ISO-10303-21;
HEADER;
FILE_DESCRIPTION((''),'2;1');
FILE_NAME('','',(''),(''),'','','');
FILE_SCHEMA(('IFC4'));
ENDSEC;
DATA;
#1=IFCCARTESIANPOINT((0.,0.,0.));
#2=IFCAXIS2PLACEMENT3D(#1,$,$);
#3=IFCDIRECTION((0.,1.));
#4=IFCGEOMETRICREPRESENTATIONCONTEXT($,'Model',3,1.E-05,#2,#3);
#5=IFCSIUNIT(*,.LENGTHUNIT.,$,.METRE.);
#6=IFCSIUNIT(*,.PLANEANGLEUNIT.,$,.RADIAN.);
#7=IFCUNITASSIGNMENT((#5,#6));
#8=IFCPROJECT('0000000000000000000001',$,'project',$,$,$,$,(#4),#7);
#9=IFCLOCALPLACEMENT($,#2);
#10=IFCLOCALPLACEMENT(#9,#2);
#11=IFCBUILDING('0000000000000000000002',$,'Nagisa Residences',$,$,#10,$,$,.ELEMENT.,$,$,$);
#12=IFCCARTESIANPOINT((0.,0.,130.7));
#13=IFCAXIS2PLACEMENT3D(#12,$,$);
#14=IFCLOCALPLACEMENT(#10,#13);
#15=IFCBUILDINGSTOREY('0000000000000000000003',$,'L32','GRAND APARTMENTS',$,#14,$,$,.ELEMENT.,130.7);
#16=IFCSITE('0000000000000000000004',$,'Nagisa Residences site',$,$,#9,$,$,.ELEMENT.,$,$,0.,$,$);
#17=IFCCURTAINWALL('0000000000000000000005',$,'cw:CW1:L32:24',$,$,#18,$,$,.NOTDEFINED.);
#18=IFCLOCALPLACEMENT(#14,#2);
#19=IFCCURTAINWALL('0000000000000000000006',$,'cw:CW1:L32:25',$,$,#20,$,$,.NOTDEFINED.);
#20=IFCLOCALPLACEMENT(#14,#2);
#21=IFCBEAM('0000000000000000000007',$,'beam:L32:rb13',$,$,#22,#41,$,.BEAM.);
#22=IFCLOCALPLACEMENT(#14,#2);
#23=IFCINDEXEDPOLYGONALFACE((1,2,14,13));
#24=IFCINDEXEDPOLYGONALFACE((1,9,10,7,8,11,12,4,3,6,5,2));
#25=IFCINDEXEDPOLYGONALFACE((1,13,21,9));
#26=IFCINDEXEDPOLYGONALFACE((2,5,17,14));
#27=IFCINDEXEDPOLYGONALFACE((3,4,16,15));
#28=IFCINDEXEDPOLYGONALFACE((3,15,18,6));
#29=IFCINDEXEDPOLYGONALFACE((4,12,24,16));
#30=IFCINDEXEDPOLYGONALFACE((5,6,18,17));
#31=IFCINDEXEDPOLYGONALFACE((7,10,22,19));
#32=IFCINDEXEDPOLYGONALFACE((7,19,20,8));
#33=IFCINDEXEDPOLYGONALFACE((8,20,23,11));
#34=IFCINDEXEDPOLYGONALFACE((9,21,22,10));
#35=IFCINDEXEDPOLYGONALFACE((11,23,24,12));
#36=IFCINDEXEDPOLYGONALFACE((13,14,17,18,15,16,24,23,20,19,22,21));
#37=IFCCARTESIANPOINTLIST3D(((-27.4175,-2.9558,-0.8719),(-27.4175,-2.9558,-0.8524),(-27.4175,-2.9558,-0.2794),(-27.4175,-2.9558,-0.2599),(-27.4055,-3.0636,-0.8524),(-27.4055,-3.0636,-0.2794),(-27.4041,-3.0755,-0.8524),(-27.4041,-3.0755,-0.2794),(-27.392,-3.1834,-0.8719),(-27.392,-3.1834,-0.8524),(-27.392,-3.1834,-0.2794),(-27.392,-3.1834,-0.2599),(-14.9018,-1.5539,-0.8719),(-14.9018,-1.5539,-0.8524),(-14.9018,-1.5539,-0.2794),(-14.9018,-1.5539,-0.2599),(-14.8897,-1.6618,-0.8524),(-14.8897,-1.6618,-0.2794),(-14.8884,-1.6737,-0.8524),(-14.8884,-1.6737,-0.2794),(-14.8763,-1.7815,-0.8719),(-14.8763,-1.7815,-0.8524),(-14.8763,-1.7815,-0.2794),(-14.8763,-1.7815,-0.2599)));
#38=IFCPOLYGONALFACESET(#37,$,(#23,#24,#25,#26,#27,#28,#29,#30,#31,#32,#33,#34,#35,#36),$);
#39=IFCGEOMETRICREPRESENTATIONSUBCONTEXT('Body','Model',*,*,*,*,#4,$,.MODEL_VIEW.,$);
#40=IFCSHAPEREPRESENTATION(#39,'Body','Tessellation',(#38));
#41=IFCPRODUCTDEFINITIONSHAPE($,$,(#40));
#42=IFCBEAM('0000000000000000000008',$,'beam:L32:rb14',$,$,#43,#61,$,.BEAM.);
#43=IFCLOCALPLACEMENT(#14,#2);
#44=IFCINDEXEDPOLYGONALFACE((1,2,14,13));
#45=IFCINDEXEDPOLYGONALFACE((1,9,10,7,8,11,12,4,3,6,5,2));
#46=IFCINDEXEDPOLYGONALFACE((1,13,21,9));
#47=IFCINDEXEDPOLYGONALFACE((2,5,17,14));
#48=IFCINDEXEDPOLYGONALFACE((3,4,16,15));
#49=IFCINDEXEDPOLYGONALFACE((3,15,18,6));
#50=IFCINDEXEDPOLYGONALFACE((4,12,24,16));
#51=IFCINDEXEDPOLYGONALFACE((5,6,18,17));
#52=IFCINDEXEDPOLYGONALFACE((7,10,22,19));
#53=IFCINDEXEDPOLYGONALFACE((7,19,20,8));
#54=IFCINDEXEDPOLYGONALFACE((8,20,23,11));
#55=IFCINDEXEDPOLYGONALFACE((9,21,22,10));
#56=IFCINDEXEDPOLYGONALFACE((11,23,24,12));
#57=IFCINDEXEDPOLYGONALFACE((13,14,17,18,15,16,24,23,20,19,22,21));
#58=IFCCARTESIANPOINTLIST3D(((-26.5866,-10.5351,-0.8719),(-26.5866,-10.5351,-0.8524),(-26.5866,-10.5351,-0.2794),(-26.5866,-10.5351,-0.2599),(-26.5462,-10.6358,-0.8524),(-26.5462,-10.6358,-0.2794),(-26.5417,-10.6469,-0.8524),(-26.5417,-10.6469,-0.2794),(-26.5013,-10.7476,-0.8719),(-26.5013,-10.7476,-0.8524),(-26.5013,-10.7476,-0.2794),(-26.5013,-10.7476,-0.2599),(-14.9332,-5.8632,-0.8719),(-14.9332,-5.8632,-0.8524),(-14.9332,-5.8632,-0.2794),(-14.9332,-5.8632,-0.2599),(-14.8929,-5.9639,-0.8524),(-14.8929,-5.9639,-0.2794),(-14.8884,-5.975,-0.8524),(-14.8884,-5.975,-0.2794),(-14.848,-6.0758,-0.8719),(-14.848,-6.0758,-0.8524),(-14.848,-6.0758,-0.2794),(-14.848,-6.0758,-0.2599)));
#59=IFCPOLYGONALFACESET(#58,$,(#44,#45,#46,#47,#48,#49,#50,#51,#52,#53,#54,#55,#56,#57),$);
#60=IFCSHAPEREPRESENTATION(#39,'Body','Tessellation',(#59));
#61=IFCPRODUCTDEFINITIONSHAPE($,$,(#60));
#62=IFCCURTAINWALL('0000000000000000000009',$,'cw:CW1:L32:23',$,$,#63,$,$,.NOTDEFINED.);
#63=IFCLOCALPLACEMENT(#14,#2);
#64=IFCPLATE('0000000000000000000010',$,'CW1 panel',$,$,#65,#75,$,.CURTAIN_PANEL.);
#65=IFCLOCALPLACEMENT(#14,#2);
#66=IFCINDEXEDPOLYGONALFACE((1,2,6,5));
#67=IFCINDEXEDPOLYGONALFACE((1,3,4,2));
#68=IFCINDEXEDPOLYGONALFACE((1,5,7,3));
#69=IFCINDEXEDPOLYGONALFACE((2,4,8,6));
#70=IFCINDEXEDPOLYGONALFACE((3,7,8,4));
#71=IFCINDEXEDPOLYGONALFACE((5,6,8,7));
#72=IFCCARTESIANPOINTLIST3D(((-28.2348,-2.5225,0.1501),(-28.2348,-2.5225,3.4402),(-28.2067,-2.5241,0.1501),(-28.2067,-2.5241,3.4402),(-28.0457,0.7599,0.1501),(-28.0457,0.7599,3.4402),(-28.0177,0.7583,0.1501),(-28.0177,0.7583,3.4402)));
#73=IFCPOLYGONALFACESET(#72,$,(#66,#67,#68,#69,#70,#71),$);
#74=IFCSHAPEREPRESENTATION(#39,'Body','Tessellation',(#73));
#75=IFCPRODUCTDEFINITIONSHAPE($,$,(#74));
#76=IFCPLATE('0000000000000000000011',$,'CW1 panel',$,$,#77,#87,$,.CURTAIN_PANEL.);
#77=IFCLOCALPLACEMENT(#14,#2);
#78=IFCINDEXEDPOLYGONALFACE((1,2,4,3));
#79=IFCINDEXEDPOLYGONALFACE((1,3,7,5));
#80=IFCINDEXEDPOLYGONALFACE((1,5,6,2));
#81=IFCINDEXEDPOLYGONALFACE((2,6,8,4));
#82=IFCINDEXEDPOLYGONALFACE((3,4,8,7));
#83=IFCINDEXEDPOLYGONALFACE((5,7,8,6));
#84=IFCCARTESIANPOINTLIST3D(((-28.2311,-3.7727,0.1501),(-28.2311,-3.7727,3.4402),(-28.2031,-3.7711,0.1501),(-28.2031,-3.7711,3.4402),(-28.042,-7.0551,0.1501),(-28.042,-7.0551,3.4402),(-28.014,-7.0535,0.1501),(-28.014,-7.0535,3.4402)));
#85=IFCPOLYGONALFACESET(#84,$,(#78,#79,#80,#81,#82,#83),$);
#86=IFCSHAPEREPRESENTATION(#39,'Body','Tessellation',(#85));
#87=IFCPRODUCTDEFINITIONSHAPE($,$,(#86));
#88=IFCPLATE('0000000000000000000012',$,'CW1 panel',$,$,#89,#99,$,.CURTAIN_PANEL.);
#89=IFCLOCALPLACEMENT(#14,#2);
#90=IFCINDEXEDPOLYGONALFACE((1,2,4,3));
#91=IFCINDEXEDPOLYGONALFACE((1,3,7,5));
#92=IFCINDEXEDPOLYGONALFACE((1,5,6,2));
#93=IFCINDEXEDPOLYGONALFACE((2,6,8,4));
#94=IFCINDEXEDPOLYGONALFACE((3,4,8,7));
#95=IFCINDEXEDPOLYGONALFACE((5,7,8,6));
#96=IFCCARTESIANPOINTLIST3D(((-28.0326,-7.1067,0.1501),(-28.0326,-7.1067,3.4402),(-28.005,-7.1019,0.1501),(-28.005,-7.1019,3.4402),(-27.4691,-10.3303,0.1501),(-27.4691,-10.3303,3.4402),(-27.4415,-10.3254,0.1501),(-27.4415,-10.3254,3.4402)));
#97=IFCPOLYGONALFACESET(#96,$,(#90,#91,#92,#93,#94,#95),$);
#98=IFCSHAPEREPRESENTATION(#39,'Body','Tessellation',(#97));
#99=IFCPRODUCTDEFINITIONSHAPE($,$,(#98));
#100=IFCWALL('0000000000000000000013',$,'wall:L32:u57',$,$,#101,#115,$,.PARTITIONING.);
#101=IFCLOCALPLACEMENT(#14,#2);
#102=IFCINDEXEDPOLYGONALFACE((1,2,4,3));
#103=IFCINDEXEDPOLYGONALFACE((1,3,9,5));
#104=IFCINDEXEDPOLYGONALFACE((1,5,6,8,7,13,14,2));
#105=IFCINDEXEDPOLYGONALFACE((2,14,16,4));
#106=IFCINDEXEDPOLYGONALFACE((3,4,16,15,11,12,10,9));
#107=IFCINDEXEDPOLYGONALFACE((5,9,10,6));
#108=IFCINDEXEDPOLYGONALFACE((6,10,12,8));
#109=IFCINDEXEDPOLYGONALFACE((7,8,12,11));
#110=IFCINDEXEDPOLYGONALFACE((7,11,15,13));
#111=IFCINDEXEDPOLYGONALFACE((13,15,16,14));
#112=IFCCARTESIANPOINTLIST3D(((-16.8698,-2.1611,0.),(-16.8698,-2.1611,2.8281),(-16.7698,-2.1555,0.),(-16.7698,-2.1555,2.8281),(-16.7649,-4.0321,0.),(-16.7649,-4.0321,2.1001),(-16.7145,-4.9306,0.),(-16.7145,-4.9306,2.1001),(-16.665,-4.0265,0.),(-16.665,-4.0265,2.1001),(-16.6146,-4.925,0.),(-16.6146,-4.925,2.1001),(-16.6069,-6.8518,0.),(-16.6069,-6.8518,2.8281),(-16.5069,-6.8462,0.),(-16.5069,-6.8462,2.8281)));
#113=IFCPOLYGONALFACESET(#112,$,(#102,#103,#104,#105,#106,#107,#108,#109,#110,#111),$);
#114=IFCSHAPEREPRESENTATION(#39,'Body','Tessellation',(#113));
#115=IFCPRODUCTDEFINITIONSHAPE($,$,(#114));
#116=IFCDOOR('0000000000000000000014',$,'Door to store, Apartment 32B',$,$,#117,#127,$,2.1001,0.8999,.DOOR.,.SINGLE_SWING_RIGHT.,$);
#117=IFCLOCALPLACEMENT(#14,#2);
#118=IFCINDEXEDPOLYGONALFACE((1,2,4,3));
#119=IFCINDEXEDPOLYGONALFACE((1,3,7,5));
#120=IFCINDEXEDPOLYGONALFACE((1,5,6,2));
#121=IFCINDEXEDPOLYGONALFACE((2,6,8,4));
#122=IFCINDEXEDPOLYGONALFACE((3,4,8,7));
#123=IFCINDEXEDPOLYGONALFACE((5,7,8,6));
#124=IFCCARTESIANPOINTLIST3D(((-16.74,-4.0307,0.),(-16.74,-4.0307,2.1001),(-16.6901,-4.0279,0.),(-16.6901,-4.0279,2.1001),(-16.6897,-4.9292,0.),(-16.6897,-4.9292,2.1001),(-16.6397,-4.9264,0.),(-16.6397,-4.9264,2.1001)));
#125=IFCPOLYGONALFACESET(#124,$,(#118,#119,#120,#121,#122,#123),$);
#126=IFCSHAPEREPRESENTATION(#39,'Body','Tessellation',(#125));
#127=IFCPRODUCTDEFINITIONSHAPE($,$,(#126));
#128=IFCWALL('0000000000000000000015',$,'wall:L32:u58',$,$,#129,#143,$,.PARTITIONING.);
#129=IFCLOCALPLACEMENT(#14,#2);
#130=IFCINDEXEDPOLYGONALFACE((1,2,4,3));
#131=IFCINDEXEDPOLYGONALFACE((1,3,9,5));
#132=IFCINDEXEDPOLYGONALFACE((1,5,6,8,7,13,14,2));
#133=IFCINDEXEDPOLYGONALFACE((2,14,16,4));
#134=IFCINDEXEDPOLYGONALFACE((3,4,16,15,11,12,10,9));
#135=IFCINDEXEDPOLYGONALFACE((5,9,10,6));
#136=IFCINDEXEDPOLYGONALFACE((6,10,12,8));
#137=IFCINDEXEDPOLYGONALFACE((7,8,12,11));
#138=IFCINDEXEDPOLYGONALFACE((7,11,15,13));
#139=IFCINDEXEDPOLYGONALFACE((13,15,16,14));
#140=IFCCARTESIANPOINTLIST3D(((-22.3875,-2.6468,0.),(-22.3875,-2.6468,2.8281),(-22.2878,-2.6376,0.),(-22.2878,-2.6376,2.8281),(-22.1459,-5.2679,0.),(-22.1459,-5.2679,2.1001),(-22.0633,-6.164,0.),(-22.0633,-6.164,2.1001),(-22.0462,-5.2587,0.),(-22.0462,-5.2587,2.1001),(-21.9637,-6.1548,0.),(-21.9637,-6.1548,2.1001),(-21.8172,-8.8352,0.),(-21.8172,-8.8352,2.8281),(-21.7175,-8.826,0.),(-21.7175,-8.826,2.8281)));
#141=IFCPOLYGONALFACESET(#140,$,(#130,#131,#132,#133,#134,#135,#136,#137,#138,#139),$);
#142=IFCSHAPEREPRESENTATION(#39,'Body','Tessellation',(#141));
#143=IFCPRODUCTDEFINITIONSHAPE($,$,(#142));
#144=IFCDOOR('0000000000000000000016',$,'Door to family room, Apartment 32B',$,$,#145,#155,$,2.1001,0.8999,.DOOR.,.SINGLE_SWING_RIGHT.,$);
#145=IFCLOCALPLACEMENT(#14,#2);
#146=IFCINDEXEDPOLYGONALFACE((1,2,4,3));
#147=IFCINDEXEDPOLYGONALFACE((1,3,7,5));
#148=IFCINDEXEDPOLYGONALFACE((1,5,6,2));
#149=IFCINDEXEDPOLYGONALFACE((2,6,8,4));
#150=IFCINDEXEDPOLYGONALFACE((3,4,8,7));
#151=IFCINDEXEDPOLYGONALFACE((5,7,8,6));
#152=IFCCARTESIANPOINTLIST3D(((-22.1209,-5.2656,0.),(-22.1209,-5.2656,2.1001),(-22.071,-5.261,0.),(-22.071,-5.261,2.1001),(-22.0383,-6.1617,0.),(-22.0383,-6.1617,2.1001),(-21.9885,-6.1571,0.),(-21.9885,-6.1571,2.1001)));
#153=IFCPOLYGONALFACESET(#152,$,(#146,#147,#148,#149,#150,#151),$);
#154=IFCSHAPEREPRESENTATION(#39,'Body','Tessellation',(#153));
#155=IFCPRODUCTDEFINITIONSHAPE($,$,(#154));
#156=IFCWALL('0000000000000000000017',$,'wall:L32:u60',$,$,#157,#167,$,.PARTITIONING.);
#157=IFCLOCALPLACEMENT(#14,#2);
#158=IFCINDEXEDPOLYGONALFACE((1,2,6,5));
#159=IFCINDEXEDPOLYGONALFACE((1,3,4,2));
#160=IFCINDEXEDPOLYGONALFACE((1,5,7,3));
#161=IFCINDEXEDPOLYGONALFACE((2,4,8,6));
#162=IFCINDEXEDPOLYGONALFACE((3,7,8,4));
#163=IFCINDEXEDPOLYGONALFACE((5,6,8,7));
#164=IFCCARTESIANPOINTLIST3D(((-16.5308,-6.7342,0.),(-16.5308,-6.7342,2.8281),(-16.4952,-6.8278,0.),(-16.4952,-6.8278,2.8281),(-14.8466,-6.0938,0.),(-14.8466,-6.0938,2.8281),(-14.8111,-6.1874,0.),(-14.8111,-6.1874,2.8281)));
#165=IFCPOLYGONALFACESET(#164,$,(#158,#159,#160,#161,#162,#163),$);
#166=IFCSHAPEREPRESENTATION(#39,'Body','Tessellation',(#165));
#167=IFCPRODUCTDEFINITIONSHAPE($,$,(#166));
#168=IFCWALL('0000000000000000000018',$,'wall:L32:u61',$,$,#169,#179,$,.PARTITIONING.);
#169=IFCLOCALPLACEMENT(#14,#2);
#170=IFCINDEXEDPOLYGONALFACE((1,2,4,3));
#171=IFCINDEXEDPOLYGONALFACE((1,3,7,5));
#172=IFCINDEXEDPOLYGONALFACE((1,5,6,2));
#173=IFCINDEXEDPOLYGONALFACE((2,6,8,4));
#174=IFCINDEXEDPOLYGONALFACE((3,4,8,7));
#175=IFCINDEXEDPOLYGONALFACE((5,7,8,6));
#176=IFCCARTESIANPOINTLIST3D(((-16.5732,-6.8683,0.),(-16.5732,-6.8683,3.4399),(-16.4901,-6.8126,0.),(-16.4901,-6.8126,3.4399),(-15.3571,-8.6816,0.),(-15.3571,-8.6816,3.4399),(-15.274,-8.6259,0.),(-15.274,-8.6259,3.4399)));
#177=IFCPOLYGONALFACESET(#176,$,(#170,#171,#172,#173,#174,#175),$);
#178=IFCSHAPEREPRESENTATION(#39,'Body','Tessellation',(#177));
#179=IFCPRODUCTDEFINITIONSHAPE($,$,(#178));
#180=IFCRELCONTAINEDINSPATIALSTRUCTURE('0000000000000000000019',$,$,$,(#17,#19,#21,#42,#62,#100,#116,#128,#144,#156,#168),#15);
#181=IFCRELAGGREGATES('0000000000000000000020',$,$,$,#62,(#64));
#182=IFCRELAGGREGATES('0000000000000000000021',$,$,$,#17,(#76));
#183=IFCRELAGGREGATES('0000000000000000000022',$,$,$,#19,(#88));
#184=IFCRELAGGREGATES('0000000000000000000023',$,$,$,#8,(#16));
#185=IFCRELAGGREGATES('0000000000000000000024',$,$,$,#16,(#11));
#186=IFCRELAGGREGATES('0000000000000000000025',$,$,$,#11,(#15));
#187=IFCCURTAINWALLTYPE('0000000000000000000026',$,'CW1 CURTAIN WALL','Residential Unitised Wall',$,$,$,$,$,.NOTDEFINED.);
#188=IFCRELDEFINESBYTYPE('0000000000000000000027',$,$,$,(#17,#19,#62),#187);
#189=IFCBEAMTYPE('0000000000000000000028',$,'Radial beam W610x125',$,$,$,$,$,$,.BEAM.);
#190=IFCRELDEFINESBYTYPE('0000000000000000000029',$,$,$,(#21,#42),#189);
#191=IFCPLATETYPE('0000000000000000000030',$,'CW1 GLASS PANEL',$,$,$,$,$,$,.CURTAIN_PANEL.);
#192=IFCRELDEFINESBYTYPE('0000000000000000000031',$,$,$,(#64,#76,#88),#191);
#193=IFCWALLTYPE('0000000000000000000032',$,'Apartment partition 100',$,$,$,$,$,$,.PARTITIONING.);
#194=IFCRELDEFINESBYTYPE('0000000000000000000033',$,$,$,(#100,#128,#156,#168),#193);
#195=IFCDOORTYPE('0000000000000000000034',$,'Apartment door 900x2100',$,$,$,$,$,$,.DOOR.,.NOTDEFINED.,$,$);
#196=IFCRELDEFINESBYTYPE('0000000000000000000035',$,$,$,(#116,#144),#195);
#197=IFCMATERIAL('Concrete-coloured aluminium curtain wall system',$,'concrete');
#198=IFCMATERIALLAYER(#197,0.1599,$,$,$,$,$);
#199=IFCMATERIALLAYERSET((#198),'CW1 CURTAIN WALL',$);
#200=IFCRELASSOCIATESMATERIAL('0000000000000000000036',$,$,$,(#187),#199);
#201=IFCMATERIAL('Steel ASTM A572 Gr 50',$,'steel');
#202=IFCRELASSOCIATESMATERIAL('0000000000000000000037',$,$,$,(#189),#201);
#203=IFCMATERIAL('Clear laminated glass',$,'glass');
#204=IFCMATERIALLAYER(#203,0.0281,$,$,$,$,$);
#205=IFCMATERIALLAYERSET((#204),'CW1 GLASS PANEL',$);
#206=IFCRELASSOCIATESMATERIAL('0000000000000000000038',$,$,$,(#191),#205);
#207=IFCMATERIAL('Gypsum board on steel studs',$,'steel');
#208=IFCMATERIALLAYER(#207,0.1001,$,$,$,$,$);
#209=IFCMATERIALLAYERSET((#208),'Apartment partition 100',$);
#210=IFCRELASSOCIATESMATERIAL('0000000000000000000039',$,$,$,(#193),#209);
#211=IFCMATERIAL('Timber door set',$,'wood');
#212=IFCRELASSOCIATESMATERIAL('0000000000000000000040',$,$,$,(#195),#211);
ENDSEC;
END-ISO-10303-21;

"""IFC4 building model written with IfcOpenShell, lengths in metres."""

from ifc_helpers import new_model, si_unit, direction, frame, frame_2d, origin, origin_2d, place, context, subcontext, project, spatial, rectangle, i_section, extrude, material, layer, layer_set, material_profile, profile_set, type_object, element, fill, aggregate, save


model = new_model("IFC4")

# Units and contexts
model_context = context("Model", 3, precision=1e-05, world=origin(), true_north=direction((0.0, 1.0)))
body_context = subcontext(model_context, "Body", "Model", "MODEL_VIEW")
ifc_project = project(units=[si_unit("LENGTHUNIT", "METRE"), si_unit("PLANEANGLEUNIT", "RADIAN")], contexts=[model_context])

# Site, building, storey
site_placement = place(None, origin())
site = spatial("IfcSite", under=ifc_project, at=site_placement, Name="Nagisa Residences site", CompositionType="ELEMENT", RefElevation=0.0)
building_placement = place(site_placement, origin())
building = spatial("IfcBuilding", under=site, at=building_placement, Name="Nagisa Residences", CompositionType="ELEMENT")
storey_placement = place(building_placement, frame((0.0, 0.0, 130.7)))
storey = spatial("IfcBuildingStorey", under=building, at=storey_placement, Name="L32", Description="GRAND APARTMENTS", CompositionType="ELEMENT", Elevation=130.7)

# Curtain walls
ifc_material_1 = material(Name="Concrete-coloured aluminium curtain wall system", Category="concrete")
ifc_layer_1 = layer(ifc_material_1, 0.1599)
ifc_layer_set_1 = layer_set([ifc_layer_1], Name="CW1 CURTAIN WALL")
curtain_wall_type = type_object("IfcCurtainWallType", Name="CW1 CURTAIN WALL", Description="Residential Unitised Wall", PredefinedType="NOTDEFINED", material=ifc_layer_set_1)
curtain_wall_1_placement = place(storey_placement, origin())
curtain_wall_1 = element("IfcCurtainWall", 1, at=curtain_wall_1_placement, inside=storey, type_object=curtain_wall_type, Name="cw:CW1:L32:24", PredefinedType="NOTDEFINED")
curtain_wall_2_placement = place(storey_placement, origin())
curtain_wall_2 = element("IfcCurtainWall", 2, at=curtain_wall_2_placement, inside=storey, type_object=curtain_wall_type, Name="cw:CW1:L32:25", PredefinedType="NOTDEFINED")

# Beams
ifc_material_2 = material(Name="Steel ASTM A572 Gr 50", Category="steel")
ifc_material_profile_1 = material_profile(ifc_material_2, i_section(OverallWidth=0.229, OverallDepth=0.6121, WebThickness=0.012, FlangeThickness=0.0195, at=origin_2d()), Name="W610x125")
ifc_profile_set_1 = profile_set([ifc_material_profile_1], Name="Steel ASTM A572 Gr 50")
beam_type_1 = type_object("IfcBeamType", Name="Radial beam W610x125", PredefinedType="BEAM", material=ifc_profile_set_1)
beam_1_placement = place(storey_placement, frame((-27.4048, -3.0696, -0.5659), z_axis=(0.993785, 0.111312, 0.0), x_axis=(-0.111312, 0.993785, 0.0)))
element("IfcBeam", 3, at=beam_1_placement, inside=storey, type_object=beam_type_1, Name="beam:L32:rb13", PredefinedType="BEAM", context=body_context, shape_type="SweptSolid", body=[
    extrude(i_section(OverallWidth=0.229, OverallDepth=0.6121, WebThickness=0.012, FlangeThickness=0.0195, at=origin_2d()), origin(), (0.0, 0.0, 1.0), 12.594),
])
beam_2_placement = place(storey_placement, frame((-26.5439, -10.6414, -0.5659), z_axis=(0.928187, 0.372115, 0.0), x_axis=(-0.372115, 0.928187, 0.0)))
element("IfcBeam", 4, at=beam_2_placement, inside=storey, type_object=beam_type_1, Name="beam:L32:rb14", PredefinedType="BEAM", context=body_context, shape_type="SweptSolid", body=[
    extrude(i_section(OverallWidth=0.229, OverallDepth=0.6121, WebThickness=0.012, FlangeThickness=0.0195, at=origin_2d()), origin(), (0.0, 0.0, 1.0), 12.5549),
])

# Curtain wall, plate
curtain_wall_3_placement = place(storey_placement, origin())
curtain_wall_3 = element("IfcCurtainWall", 5, at=curtain_wall_3_placement, inside=storey, type_object=curtain_wall_type, Name="cw:CW1:L32:23", PredefinedType="NOTDEFINED")
ifc_material_3 = material(Name="Clear laminated glass", Category="glass")
ifc_layer_2 = layer(ifc_material_3, 0.0281)
ifc_layer_set_2 = layer_set([ifc_layer_2], Name="CW1 GLASS PANEL")
plate_type = type_object("IfcPlateType", Name="CW1 GLASS PANEL", PredefinedType="CURTAIN_PANEL", material=ifc_layer_set_2)
plate_1_placement = place(storey_placement, frame((-28.1262, -0.8821, 0.1501), z_axis=(0.0, 0.0, 1.0), x_axis=(-0.057503, -0.998345, 0.0)))
plate_1 = element("IfcPlate", 6, at=plate_1_placement, type_object=plate_type, Name="CW1 panel", PredefinedType="CURTAIN_PANEL", context=body_context, shape_type="SweptSolid", body=[
    extrude(rectangle(XDim=3.2878, YDim=0.0281, at=origin_2d()), origin(), (0.0, 0.0, 1.0), 3.29),
])
aggregate(curtain_wall_3, [plate_1])

# Plates
plate_2_placement = place(storey_placement, frame((-28.1226, -5.4131, 0.1501), z_axis=(0.0, 0.0, 1.0), x_axis=(0.057503, -0.998345, 0.0)))
plate_2 = element("IfcPlate", 7, at=plate_2_placement, type_object=plate_type, Name="CW1 panel", PredefinedType="CURTAIN_PANEL", context=body_context, shape_type="SweptSolid", body=[
    extrude(rectangle(XDim=3.2878, YDim=0.0281, at=origin_2d()), origin(), (0.0, 0.0, 1.0), 3.29),
])
aggregate(curtain_wall_1, [plate_2])
plate_3_placement = place(storey_placement, frame((-27.7371, -8.7161, 0.1501), z_axis=(0.0, 0.0, 1.0), x_axis=(0.172191, -0.985064, 0.0)))
plate_3 = element("IfcPlate", 8, at=plate_3_placement, type_object=plate_type, Name="CW1 panel", PredefinedType="CURTAIN_PANEL", context=body_context, shape_type="SweptSolid", body=[
    extrude(rectangle(XDim=3.2725, YDim=0.0281, at=origin_2d()), origin(), (0.0, 0.0, 1.0), 3.29),
])
aggregate(curtain_wall_2, [plate_3])

# Walls, openings, doors
ifc_material_4 = material(Name="Gypsum board on steel studs", Category="steel")
ifc_layer_3 = layer(ifc_material_4, 0.1001)
ifc_layer_set_3 = layer_set([ifc_layer_3], Name="Apartment partition 100")
wall_type_1 = type_object("IfcWallType", Name="Apartment partition 100", PredefinedType="PARTITIONING", material=ifc_layer_set_3)
wall_1_placement = place(storey_placement, frame((-16.8198, -2.1582, 0.0), z_axis=(0.0, 0.0, 1.0), x_axis=(0.055968, -0.998433, 0.0)))
wall_1 = element("IfcWall", 9, at=wall_1_placement, inside=storey, type_object=wall_type_1, Name="wall:L32:u57", PredefinedType="PARTITIONING", context=body_context, shape_type="SweptSolid", body=[
    extrude(rectangle(XDim=4.698, YDim=0.1001, at=frame_2d((2.3491, 0.0))), origin(), (0.0, 0.0, 1.0), 2.8281),
])
opening_1_placement = place(wall_1_placement, frame((1.874, 0.0, 0.0)))
opening_1 = element("IfcOpeningElement", 10, at=opening_1_placement, cuts=wall_1, PredefinedType="OPENING", context=body_context, shape_type="SweptSolid", body=[
    extrude(rectangle(XDim=0.8999, YDim=2.1001, at=frame_2d((0.45, 1.05))), frame((0.0, 0.0601, 0.0), z_axis=(0.0, -1.0, 0.0), x_axis=(1.0, 0.0, 0.0)), (0.0, 0.0, 1.0), 0.1201),
])
ifc_material_5 = material(Name="Timber door set", Category="wood")
door_type_1 = type_object("IfcDoorType", Name="Apartment door 900x2100", OperationType="NOTDEFINED", PredefinedType="DOOR", material=ifc_material_5)
door_1_placement = place(opening_1_placement, origin())
door_1 = element("IfcDoor", 11, at=door_1_placement, inside=storey, type_object=door_type_1, Name="Door to store, Apartment 32B", OperationType="SINGLE_SWING_RIGHT", OverallHeight=2.1001, OverallWidth=0.8999, PredefinedType="DOOR", context=body_context, shape_type="SweptSolid", body=[
    extrude(rectangle(XDim=0.8999, YDim=2.1001, at=frame_2d((0.45, 1.05))), frame((0.0, 0.0249, 0.0), z_axis=(0.0, -1.0, 0.0), x_axis=(1.0, 0.0, 0.0)), (0.0, 0.0, 1.0), 0.05),
])
fill(opening_1, door_1)
wall_2_placement = place(storey_placement, frame((-22.3376, -2.6421, 0.0), z_axis=(0.0, 0.0, 1.0), x_axis=(0.091768, -0.99578, 0.0)))
wall_2 = element("IfcWall", 12, at=wall_2_placement, inside=storey, type_object=wall_type_1, Name="wall:L32:u58", PredefinedType="PARTITIONING", context=body_context, shape_type="SweptSolid", body=[
    extrude(rectangle(XDim=6.2146, YDim=0.1001, at=frame_2d((3.1074, 0.0))), origin(), (0.0, 0.0, 1.0), 2.8281),
])
opening_2_placement = place(wall_2_placement, frame((2.6323, 0.0, 0.0)))
opening_2 = element("IfcOpeningElement", 13, at=opening_2_placement, cuts=wall_2, PredefinedType="OPENING", context=body_context, shape_type="SweptSolid", body=[
    extrude(rectangle(XDim=0.8999, YDim=2.1001, at=frame_2d((0.45, 1.05))), frame((0.0, 0.0601, 0.0), z_axis=(0.0, -1.0, 0.0), x_axis=(1.0, 0.0, 0.0)), (0.0, 0.0, 1.0), 0.1201),
])
door_2_placement = place(opening_2_placement, frame((0.8999, 0.0, 0.0), x_axis=(-1.0, 0.0, 0.0)))
door_2 = element("IfcDoor", 14, at=door_2_placement, inside=storey, type_object=door_type_1, Name="Door to family room, Apartment 32B", OperationType="SINGLE_SWING_RIGHT", OverallHeight=2.1001, OverallWidth=0.8999, PredefinedType="DOOR", context=body_context, shape_type="SweptSolid", body=[
    extrude(rectangle(XDim=0.8999, YDim=2.1001, at=frame_2d((0.45, 1.05))), frame((0.0, 0.0249, 0.0), z_axis=(0.0, -1.0, 0.0), x_axis=(1.0, 0.0, 0.0)), (0.0, 0.0, 1.0), 0.05),
])
fill(opening_2, door_2)

# Walls
wall_3_placement = place(storey_placement, frame((-14.8289, -6.1406, 0.0), z_axis=(0.0, 0.0, 1.0), x_axis=(-0.934704, -0.355426, 0.0)))
element("IfcWall", 15, at=wall_3_placement, inside=storey, type_object=wall_type_1, Name="wall:L32:u60", PredefinedType="PARTITIONING", context=body_context, shape_type="SweptSolid", body=[
    extrude(rectangle(XDim=1.8018, YDim=0.1001, at=frame_2d((0.9009, 0.0))), origin(), (0.0, 0.0, 1.0), 2.8281),
])
wall_4_placement = place(storey_placement, frame((-16.5317, -6.8403, 0.0), z_axis=(0.0, 0.0, 1.0), x_axis=(0.556995, -0.830516, 0.0)))
element("IfcWall", 16, at=wall_4_placement, inside=storey, type_object=wall_type_1, Name="wall:L32:u61", PredefinedType="PARTITIONING", context=body_context, shape_type="SweptSolid", body=[
    extrude(rectangle(XDim=2.1833, YDim=0.1001, at=frame_2d((1.0918, 0.0))), origin(), (0.0, 0.0, 1.0), 3.4399),
])

save(model, "model.ifc")
